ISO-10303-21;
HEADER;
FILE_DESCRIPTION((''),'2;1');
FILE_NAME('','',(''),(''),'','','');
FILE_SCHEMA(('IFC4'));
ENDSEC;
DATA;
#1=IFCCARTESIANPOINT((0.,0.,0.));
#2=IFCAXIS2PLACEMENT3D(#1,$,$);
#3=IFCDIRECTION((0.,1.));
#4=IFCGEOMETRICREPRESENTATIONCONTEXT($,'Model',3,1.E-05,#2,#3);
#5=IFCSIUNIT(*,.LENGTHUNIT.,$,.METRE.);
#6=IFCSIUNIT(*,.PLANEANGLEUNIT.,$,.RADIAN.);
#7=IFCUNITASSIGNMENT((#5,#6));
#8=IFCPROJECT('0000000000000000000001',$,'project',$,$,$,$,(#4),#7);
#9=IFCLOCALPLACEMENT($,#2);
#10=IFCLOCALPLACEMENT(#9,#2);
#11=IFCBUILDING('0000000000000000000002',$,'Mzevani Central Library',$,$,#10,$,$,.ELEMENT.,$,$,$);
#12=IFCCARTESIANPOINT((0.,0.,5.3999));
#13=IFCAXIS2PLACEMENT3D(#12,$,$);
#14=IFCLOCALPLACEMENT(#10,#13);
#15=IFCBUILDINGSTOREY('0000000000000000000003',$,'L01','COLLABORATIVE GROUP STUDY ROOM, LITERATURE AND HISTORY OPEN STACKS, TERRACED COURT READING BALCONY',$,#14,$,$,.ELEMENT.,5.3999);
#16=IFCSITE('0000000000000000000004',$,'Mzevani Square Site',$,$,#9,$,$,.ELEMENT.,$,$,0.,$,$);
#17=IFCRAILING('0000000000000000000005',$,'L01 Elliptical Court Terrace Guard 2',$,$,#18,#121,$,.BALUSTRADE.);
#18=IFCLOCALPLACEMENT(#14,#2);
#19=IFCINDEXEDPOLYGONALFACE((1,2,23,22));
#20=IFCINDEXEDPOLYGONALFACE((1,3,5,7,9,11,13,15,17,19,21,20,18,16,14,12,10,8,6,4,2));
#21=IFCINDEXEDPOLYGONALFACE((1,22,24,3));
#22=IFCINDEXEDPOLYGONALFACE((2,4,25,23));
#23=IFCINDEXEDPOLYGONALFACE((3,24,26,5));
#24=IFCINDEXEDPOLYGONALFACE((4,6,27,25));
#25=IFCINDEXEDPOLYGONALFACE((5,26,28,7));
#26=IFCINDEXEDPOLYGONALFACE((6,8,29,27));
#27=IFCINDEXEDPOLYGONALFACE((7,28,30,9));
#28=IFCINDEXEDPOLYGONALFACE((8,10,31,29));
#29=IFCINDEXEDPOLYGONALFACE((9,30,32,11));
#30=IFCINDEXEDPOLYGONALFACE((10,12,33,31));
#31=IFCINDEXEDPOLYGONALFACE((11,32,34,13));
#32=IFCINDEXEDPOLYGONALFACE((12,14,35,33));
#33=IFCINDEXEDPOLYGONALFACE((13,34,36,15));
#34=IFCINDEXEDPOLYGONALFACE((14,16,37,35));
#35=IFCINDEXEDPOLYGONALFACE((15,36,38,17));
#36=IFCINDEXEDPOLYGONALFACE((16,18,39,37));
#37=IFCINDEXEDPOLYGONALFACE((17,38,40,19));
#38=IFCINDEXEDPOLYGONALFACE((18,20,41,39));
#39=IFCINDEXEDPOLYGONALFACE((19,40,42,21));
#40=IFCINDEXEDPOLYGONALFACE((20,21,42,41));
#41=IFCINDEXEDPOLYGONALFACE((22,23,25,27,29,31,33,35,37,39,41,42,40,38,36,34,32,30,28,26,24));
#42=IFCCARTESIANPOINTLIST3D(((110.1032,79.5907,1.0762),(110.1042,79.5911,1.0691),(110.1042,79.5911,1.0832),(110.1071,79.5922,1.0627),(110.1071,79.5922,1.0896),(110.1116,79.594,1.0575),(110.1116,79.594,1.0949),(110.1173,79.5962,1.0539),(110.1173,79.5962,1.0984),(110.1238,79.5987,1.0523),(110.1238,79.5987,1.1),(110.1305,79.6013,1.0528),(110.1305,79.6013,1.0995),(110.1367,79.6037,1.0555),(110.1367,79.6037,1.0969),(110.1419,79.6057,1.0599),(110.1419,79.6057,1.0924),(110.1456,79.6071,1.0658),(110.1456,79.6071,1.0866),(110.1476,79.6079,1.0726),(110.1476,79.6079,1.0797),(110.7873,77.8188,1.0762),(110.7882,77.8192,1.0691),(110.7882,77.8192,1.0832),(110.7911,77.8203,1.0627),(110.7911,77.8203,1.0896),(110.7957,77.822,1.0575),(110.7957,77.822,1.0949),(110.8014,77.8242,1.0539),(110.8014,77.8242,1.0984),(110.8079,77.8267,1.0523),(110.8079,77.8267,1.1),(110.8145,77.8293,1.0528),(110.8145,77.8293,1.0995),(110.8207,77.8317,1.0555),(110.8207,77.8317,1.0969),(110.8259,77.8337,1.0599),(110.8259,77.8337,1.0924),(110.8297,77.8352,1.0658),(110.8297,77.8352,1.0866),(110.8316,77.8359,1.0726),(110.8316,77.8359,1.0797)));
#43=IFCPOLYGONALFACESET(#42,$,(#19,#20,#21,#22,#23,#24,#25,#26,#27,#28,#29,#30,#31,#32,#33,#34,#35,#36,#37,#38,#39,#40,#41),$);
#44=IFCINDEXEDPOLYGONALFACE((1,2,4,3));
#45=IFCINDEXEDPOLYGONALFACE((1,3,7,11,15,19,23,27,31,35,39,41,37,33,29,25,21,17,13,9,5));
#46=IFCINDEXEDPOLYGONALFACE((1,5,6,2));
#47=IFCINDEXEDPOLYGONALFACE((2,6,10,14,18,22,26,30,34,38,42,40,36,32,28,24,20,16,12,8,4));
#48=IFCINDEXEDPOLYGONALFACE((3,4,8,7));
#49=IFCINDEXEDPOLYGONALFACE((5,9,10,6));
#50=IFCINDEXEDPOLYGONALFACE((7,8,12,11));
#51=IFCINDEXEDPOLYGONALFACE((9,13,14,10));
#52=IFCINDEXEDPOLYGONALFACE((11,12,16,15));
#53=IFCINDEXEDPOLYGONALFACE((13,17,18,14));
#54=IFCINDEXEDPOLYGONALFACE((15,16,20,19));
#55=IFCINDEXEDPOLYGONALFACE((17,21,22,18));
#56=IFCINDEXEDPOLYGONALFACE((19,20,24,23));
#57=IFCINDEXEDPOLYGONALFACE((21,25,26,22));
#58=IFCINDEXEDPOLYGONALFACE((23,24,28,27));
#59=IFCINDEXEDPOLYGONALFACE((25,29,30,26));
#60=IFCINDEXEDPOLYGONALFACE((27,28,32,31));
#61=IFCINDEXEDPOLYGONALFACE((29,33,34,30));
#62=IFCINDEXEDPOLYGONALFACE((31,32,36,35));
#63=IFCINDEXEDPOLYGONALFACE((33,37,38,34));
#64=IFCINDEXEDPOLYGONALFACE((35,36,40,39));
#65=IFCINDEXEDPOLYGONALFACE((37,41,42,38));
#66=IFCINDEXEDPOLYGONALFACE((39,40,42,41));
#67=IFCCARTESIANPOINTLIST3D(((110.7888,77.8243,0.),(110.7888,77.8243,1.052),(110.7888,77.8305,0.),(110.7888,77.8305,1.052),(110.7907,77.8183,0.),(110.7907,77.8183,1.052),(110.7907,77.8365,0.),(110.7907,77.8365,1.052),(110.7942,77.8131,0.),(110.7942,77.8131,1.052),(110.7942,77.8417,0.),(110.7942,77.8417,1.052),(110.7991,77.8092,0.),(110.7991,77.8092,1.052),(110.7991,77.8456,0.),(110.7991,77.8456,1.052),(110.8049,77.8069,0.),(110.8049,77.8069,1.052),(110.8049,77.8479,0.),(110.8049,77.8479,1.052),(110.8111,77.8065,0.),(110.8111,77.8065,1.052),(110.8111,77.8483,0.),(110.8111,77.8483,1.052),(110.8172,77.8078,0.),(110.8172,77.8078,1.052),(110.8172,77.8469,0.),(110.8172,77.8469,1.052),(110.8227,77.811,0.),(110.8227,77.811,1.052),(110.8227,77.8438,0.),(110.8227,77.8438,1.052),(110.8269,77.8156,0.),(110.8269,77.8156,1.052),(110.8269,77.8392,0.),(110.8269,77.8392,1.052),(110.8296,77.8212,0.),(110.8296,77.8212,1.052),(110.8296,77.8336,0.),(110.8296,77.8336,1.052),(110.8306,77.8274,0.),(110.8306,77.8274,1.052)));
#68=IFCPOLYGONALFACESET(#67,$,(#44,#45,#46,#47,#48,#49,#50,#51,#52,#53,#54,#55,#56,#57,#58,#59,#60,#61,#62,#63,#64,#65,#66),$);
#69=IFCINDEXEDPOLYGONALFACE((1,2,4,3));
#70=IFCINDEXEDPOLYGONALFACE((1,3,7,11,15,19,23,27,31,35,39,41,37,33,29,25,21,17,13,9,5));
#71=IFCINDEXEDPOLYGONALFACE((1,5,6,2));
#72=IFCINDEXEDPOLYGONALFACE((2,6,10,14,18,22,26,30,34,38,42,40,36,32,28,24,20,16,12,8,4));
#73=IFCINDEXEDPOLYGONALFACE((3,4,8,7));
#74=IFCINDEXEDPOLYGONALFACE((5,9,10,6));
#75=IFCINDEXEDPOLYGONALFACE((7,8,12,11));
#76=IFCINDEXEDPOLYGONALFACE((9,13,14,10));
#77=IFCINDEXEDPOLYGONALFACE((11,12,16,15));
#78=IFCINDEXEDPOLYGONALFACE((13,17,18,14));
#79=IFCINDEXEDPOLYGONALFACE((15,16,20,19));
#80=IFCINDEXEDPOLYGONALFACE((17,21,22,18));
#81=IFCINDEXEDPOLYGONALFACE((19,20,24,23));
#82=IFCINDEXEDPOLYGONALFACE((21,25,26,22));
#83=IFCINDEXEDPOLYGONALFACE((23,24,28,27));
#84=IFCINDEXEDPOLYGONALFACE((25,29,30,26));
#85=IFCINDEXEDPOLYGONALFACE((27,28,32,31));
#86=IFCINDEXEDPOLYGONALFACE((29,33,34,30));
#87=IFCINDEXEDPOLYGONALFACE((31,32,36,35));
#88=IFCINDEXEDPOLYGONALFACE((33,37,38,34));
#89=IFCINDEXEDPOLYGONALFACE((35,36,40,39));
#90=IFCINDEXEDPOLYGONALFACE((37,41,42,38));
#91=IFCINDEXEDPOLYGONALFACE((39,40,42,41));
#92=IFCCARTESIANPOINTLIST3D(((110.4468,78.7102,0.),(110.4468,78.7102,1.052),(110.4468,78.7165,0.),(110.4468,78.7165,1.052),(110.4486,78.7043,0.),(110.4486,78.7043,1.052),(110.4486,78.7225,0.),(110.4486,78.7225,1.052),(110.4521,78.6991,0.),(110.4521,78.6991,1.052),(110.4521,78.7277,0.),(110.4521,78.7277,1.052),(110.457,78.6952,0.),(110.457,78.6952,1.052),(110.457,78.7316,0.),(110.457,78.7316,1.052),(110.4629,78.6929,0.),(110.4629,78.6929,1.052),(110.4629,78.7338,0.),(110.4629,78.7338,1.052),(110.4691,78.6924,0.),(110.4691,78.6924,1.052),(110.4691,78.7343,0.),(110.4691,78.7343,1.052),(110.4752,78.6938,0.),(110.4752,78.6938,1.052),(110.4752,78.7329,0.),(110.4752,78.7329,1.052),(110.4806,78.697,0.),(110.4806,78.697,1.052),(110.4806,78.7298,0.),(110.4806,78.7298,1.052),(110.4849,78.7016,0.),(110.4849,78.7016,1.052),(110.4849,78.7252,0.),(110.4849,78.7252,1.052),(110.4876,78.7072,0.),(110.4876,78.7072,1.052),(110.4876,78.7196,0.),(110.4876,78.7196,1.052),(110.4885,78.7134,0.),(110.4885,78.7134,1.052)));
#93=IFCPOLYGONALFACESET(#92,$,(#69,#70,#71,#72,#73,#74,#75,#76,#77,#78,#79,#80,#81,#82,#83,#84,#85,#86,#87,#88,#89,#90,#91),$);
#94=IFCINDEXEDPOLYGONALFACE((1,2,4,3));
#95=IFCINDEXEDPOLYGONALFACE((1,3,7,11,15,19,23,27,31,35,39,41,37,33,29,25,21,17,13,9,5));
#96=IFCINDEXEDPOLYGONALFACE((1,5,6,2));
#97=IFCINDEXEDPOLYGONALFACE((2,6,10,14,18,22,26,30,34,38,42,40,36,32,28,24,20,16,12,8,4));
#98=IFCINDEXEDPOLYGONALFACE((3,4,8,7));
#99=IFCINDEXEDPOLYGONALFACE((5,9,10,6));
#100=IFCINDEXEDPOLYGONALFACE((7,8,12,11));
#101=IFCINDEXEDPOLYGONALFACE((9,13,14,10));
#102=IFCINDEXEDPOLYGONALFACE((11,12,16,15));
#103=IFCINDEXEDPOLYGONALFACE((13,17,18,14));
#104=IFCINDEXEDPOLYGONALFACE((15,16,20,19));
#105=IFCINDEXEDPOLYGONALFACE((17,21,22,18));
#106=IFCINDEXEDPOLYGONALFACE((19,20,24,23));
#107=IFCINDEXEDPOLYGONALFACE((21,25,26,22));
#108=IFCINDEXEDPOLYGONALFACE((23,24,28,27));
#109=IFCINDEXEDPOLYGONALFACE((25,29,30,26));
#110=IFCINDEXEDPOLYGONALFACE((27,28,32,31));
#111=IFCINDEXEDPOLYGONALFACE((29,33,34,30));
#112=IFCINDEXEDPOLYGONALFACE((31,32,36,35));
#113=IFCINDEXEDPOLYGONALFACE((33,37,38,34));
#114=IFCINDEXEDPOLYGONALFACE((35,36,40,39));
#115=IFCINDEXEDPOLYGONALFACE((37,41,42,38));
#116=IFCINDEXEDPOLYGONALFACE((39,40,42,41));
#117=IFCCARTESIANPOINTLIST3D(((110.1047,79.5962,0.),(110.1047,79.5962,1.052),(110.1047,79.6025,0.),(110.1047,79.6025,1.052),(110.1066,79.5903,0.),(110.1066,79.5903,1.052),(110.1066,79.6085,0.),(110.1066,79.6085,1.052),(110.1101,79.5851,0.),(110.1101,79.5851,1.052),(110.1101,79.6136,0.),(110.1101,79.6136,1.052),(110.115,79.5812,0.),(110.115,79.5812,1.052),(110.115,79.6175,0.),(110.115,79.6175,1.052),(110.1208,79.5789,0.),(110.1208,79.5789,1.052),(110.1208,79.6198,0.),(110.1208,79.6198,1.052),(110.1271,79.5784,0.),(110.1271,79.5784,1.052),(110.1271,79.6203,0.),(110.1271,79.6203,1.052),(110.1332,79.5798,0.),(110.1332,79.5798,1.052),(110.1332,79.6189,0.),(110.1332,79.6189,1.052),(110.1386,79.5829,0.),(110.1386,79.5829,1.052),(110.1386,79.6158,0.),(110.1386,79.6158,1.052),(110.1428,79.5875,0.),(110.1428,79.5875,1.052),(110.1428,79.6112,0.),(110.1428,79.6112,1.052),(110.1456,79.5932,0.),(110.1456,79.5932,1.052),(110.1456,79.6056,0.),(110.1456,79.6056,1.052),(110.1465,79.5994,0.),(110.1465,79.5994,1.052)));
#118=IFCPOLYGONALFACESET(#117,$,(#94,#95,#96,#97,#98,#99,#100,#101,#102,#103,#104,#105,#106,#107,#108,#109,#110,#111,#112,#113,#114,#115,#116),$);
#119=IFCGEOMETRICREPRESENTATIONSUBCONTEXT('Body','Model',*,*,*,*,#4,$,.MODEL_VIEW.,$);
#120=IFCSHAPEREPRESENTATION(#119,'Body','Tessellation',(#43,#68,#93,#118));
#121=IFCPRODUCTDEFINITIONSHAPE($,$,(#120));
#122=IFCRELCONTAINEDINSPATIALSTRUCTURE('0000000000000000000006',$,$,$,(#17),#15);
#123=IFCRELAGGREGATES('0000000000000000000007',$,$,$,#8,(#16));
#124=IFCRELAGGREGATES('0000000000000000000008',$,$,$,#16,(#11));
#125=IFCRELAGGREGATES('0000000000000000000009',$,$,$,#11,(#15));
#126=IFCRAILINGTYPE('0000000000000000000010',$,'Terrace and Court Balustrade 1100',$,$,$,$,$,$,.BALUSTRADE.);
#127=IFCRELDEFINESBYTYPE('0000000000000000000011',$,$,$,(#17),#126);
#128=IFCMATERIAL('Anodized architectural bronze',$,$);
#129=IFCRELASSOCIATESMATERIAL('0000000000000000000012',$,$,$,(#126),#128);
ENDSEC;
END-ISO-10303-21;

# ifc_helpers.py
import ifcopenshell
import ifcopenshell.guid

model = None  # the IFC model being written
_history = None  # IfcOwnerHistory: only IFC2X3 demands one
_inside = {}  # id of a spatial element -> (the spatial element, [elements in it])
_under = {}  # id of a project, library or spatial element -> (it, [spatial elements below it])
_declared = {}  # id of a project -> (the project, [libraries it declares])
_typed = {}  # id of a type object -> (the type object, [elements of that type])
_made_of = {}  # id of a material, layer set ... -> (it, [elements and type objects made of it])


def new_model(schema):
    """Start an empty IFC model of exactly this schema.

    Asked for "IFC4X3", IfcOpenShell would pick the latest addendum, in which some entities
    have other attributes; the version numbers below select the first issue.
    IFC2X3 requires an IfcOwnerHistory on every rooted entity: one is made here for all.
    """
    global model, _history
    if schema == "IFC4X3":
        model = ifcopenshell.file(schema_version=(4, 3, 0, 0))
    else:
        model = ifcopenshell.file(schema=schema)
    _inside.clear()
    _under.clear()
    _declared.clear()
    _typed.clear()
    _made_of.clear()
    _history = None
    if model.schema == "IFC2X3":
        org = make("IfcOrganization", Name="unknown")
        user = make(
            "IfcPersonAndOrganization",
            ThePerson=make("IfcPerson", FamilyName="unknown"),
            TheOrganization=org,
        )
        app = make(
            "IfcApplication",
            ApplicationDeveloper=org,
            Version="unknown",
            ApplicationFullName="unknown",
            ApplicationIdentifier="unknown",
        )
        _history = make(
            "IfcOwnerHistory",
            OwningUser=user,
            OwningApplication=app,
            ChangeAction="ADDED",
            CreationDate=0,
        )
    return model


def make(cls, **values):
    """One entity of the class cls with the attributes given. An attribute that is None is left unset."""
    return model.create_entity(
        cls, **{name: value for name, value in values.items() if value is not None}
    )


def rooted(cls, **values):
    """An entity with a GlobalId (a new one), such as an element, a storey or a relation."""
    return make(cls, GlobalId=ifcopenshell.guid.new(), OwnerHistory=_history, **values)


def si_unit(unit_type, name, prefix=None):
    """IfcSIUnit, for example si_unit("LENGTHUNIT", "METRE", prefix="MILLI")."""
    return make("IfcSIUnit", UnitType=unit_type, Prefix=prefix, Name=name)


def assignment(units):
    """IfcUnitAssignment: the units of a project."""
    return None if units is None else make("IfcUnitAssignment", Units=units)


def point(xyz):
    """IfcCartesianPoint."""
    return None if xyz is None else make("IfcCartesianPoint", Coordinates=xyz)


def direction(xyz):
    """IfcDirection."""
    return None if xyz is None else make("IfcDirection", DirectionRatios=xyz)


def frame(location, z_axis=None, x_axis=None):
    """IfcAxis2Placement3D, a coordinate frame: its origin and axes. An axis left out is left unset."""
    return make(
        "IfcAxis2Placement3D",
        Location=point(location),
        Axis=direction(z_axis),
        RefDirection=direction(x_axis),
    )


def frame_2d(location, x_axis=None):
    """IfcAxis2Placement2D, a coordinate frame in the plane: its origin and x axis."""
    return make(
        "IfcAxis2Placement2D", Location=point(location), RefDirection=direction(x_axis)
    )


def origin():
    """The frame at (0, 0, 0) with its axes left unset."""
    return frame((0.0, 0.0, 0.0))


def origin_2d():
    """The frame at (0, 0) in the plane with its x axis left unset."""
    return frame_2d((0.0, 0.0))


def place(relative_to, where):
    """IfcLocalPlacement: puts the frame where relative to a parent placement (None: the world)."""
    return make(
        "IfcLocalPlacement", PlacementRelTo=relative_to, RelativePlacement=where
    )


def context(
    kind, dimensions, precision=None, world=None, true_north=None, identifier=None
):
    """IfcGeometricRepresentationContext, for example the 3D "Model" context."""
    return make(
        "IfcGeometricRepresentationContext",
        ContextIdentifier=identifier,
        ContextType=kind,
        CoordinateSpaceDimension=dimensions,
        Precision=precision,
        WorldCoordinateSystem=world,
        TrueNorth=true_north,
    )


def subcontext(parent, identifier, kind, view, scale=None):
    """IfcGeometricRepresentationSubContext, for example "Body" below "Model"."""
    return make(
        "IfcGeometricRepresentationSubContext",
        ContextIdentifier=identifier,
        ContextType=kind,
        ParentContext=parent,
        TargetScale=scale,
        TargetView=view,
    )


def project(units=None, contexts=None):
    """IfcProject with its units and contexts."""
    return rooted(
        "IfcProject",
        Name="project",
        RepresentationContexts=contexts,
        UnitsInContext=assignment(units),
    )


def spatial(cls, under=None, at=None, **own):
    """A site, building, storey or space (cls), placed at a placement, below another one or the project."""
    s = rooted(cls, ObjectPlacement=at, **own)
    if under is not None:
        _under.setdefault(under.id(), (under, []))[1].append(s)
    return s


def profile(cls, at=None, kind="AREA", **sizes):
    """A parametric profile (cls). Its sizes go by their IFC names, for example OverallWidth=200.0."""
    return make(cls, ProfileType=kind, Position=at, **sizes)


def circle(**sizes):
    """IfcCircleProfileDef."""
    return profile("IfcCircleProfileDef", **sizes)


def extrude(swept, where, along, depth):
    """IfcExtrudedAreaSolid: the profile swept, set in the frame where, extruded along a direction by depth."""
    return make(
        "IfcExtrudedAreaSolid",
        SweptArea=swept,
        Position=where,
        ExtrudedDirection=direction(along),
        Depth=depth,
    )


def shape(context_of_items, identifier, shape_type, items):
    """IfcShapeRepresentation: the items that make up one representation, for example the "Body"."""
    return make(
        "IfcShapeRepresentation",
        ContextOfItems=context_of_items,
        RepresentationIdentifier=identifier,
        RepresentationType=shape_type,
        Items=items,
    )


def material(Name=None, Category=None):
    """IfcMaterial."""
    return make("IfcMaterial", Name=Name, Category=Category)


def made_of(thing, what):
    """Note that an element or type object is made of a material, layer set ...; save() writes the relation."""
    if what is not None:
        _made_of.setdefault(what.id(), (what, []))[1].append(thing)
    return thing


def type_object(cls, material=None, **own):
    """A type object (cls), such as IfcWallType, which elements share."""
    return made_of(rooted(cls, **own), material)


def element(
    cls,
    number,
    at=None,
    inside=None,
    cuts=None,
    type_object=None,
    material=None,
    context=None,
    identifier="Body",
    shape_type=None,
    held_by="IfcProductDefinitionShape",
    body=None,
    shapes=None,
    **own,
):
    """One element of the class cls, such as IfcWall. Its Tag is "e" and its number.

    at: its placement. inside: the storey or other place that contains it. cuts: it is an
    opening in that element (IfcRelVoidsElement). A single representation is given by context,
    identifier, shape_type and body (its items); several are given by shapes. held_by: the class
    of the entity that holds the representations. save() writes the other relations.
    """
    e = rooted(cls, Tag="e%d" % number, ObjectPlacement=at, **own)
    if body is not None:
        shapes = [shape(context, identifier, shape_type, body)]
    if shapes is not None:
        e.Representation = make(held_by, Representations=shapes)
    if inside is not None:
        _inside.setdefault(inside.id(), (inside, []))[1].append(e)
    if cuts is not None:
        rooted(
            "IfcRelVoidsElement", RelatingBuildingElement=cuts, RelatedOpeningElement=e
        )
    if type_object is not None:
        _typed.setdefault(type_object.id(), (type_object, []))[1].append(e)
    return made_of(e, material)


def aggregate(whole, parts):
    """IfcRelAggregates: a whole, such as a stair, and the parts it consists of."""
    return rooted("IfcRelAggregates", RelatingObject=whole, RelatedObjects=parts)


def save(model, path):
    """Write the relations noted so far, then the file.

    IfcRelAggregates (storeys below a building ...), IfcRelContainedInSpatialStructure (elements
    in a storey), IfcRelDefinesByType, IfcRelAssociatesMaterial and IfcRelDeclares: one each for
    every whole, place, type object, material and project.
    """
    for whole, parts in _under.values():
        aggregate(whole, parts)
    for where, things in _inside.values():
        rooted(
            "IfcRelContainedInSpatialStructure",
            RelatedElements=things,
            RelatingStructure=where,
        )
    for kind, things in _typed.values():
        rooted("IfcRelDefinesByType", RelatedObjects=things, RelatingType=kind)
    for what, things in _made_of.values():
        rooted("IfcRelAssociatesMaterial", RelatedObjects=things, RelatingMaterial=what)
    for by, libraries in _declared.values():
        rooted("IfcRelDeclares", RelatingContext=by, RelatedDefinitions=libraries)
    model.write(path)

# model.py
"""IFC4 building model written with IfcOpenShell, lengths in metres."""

from ifc_helpers import new_model, si_unit, direction, frame, origin, origin_2d, place, context, subcontext, project, spatial, circle, extrude, material, type_object, element, save


model = new_model("IFC4")

# Units and contexts
model_context = context("Model", 3, precision=1e-05, world=origin(), true_north=direction((0.0, 1.0)))
body_context = subcontext(model_context, "Body", "Model", "MODEL_VIEW")
ifc_project = project(units=[si_unit("LENGTHUNIT", "METRE"), si_unit("PLANEANGLEUNIT", "RADIAN")], contexts=[model_context])

# Site, building, storey
site_placement = place(None, origin())
site = spatial("IfcSite", under=ifc_project, at=site_placement, Name="Mzevani Square Site", CompositionType="ELEMENT", RefElevation=0.0)
building_placement = place(site_placement, origin())
building = spatial("IfcBuilding", under=site, at=building_placement, Name="Mzevani Central Library", CompositionType="ELEMENT")
storey_placement = place(building_placement, frame((0.0, 0.0, 5.3999)))
storey = spatial("IfcBuildingStorey", under=building, at=storey_placement, Name="L01", Description="COLLABORATIVE GROUP STUDY ROOM, LITERATURE AND HISTORY OPEN STACKS, TERRACED COURT READING BALCONY", CompositionType="ELEMENT", Elevation=5.3999)

# Railing
ifc_material_1 = material(Name="Anodized architectural bronze")
railing_type = type_object("IfcRailingType", Name="Terrace and Court Balustrade 1100", PredefinedType="BALUSTRADE", material=ifc_material_1)
railing_1_placement = place(storey_placement, frame((110.8096, 77.8274, 0.0)))
element("IfcRailing", 1, at=railing_1_placement, inside=storey, type_object=railing_type, Name="L01 Elliptical Court Terrace Guard 2", PredefinedType="BALUSTRADE", context=body_context, shape_type="SweptSolid", body=[
    extrude(circle(Radius=0.0239, at=origin_2d()), frame((0.0, 0.0, 1.0762), z_axis=(-0.36015, 0.932894, 0.0), x_axis=(-0.932894, -0.36015, 0.0)), (0.0, 0.0, 1.0), 1.8994),
    extrude(circle(Radius=0.021, at=origin_2d()), origin(), (0.0, 0.0, 1.0), 1.052),
    extrude(circle(Radius=0.021, at=origin_2d()), frame((-0.342, 0.886, 0.0)), (0.0, 0.0, 1.0), 1.052),
    extrude(circle(Radius=0.021, at=origin_2d()), frame((-0.6841, 1.772, 0.0)), (0.0, 0.0, 1.0), 1.052),
])

save(model, "model.ifc")
